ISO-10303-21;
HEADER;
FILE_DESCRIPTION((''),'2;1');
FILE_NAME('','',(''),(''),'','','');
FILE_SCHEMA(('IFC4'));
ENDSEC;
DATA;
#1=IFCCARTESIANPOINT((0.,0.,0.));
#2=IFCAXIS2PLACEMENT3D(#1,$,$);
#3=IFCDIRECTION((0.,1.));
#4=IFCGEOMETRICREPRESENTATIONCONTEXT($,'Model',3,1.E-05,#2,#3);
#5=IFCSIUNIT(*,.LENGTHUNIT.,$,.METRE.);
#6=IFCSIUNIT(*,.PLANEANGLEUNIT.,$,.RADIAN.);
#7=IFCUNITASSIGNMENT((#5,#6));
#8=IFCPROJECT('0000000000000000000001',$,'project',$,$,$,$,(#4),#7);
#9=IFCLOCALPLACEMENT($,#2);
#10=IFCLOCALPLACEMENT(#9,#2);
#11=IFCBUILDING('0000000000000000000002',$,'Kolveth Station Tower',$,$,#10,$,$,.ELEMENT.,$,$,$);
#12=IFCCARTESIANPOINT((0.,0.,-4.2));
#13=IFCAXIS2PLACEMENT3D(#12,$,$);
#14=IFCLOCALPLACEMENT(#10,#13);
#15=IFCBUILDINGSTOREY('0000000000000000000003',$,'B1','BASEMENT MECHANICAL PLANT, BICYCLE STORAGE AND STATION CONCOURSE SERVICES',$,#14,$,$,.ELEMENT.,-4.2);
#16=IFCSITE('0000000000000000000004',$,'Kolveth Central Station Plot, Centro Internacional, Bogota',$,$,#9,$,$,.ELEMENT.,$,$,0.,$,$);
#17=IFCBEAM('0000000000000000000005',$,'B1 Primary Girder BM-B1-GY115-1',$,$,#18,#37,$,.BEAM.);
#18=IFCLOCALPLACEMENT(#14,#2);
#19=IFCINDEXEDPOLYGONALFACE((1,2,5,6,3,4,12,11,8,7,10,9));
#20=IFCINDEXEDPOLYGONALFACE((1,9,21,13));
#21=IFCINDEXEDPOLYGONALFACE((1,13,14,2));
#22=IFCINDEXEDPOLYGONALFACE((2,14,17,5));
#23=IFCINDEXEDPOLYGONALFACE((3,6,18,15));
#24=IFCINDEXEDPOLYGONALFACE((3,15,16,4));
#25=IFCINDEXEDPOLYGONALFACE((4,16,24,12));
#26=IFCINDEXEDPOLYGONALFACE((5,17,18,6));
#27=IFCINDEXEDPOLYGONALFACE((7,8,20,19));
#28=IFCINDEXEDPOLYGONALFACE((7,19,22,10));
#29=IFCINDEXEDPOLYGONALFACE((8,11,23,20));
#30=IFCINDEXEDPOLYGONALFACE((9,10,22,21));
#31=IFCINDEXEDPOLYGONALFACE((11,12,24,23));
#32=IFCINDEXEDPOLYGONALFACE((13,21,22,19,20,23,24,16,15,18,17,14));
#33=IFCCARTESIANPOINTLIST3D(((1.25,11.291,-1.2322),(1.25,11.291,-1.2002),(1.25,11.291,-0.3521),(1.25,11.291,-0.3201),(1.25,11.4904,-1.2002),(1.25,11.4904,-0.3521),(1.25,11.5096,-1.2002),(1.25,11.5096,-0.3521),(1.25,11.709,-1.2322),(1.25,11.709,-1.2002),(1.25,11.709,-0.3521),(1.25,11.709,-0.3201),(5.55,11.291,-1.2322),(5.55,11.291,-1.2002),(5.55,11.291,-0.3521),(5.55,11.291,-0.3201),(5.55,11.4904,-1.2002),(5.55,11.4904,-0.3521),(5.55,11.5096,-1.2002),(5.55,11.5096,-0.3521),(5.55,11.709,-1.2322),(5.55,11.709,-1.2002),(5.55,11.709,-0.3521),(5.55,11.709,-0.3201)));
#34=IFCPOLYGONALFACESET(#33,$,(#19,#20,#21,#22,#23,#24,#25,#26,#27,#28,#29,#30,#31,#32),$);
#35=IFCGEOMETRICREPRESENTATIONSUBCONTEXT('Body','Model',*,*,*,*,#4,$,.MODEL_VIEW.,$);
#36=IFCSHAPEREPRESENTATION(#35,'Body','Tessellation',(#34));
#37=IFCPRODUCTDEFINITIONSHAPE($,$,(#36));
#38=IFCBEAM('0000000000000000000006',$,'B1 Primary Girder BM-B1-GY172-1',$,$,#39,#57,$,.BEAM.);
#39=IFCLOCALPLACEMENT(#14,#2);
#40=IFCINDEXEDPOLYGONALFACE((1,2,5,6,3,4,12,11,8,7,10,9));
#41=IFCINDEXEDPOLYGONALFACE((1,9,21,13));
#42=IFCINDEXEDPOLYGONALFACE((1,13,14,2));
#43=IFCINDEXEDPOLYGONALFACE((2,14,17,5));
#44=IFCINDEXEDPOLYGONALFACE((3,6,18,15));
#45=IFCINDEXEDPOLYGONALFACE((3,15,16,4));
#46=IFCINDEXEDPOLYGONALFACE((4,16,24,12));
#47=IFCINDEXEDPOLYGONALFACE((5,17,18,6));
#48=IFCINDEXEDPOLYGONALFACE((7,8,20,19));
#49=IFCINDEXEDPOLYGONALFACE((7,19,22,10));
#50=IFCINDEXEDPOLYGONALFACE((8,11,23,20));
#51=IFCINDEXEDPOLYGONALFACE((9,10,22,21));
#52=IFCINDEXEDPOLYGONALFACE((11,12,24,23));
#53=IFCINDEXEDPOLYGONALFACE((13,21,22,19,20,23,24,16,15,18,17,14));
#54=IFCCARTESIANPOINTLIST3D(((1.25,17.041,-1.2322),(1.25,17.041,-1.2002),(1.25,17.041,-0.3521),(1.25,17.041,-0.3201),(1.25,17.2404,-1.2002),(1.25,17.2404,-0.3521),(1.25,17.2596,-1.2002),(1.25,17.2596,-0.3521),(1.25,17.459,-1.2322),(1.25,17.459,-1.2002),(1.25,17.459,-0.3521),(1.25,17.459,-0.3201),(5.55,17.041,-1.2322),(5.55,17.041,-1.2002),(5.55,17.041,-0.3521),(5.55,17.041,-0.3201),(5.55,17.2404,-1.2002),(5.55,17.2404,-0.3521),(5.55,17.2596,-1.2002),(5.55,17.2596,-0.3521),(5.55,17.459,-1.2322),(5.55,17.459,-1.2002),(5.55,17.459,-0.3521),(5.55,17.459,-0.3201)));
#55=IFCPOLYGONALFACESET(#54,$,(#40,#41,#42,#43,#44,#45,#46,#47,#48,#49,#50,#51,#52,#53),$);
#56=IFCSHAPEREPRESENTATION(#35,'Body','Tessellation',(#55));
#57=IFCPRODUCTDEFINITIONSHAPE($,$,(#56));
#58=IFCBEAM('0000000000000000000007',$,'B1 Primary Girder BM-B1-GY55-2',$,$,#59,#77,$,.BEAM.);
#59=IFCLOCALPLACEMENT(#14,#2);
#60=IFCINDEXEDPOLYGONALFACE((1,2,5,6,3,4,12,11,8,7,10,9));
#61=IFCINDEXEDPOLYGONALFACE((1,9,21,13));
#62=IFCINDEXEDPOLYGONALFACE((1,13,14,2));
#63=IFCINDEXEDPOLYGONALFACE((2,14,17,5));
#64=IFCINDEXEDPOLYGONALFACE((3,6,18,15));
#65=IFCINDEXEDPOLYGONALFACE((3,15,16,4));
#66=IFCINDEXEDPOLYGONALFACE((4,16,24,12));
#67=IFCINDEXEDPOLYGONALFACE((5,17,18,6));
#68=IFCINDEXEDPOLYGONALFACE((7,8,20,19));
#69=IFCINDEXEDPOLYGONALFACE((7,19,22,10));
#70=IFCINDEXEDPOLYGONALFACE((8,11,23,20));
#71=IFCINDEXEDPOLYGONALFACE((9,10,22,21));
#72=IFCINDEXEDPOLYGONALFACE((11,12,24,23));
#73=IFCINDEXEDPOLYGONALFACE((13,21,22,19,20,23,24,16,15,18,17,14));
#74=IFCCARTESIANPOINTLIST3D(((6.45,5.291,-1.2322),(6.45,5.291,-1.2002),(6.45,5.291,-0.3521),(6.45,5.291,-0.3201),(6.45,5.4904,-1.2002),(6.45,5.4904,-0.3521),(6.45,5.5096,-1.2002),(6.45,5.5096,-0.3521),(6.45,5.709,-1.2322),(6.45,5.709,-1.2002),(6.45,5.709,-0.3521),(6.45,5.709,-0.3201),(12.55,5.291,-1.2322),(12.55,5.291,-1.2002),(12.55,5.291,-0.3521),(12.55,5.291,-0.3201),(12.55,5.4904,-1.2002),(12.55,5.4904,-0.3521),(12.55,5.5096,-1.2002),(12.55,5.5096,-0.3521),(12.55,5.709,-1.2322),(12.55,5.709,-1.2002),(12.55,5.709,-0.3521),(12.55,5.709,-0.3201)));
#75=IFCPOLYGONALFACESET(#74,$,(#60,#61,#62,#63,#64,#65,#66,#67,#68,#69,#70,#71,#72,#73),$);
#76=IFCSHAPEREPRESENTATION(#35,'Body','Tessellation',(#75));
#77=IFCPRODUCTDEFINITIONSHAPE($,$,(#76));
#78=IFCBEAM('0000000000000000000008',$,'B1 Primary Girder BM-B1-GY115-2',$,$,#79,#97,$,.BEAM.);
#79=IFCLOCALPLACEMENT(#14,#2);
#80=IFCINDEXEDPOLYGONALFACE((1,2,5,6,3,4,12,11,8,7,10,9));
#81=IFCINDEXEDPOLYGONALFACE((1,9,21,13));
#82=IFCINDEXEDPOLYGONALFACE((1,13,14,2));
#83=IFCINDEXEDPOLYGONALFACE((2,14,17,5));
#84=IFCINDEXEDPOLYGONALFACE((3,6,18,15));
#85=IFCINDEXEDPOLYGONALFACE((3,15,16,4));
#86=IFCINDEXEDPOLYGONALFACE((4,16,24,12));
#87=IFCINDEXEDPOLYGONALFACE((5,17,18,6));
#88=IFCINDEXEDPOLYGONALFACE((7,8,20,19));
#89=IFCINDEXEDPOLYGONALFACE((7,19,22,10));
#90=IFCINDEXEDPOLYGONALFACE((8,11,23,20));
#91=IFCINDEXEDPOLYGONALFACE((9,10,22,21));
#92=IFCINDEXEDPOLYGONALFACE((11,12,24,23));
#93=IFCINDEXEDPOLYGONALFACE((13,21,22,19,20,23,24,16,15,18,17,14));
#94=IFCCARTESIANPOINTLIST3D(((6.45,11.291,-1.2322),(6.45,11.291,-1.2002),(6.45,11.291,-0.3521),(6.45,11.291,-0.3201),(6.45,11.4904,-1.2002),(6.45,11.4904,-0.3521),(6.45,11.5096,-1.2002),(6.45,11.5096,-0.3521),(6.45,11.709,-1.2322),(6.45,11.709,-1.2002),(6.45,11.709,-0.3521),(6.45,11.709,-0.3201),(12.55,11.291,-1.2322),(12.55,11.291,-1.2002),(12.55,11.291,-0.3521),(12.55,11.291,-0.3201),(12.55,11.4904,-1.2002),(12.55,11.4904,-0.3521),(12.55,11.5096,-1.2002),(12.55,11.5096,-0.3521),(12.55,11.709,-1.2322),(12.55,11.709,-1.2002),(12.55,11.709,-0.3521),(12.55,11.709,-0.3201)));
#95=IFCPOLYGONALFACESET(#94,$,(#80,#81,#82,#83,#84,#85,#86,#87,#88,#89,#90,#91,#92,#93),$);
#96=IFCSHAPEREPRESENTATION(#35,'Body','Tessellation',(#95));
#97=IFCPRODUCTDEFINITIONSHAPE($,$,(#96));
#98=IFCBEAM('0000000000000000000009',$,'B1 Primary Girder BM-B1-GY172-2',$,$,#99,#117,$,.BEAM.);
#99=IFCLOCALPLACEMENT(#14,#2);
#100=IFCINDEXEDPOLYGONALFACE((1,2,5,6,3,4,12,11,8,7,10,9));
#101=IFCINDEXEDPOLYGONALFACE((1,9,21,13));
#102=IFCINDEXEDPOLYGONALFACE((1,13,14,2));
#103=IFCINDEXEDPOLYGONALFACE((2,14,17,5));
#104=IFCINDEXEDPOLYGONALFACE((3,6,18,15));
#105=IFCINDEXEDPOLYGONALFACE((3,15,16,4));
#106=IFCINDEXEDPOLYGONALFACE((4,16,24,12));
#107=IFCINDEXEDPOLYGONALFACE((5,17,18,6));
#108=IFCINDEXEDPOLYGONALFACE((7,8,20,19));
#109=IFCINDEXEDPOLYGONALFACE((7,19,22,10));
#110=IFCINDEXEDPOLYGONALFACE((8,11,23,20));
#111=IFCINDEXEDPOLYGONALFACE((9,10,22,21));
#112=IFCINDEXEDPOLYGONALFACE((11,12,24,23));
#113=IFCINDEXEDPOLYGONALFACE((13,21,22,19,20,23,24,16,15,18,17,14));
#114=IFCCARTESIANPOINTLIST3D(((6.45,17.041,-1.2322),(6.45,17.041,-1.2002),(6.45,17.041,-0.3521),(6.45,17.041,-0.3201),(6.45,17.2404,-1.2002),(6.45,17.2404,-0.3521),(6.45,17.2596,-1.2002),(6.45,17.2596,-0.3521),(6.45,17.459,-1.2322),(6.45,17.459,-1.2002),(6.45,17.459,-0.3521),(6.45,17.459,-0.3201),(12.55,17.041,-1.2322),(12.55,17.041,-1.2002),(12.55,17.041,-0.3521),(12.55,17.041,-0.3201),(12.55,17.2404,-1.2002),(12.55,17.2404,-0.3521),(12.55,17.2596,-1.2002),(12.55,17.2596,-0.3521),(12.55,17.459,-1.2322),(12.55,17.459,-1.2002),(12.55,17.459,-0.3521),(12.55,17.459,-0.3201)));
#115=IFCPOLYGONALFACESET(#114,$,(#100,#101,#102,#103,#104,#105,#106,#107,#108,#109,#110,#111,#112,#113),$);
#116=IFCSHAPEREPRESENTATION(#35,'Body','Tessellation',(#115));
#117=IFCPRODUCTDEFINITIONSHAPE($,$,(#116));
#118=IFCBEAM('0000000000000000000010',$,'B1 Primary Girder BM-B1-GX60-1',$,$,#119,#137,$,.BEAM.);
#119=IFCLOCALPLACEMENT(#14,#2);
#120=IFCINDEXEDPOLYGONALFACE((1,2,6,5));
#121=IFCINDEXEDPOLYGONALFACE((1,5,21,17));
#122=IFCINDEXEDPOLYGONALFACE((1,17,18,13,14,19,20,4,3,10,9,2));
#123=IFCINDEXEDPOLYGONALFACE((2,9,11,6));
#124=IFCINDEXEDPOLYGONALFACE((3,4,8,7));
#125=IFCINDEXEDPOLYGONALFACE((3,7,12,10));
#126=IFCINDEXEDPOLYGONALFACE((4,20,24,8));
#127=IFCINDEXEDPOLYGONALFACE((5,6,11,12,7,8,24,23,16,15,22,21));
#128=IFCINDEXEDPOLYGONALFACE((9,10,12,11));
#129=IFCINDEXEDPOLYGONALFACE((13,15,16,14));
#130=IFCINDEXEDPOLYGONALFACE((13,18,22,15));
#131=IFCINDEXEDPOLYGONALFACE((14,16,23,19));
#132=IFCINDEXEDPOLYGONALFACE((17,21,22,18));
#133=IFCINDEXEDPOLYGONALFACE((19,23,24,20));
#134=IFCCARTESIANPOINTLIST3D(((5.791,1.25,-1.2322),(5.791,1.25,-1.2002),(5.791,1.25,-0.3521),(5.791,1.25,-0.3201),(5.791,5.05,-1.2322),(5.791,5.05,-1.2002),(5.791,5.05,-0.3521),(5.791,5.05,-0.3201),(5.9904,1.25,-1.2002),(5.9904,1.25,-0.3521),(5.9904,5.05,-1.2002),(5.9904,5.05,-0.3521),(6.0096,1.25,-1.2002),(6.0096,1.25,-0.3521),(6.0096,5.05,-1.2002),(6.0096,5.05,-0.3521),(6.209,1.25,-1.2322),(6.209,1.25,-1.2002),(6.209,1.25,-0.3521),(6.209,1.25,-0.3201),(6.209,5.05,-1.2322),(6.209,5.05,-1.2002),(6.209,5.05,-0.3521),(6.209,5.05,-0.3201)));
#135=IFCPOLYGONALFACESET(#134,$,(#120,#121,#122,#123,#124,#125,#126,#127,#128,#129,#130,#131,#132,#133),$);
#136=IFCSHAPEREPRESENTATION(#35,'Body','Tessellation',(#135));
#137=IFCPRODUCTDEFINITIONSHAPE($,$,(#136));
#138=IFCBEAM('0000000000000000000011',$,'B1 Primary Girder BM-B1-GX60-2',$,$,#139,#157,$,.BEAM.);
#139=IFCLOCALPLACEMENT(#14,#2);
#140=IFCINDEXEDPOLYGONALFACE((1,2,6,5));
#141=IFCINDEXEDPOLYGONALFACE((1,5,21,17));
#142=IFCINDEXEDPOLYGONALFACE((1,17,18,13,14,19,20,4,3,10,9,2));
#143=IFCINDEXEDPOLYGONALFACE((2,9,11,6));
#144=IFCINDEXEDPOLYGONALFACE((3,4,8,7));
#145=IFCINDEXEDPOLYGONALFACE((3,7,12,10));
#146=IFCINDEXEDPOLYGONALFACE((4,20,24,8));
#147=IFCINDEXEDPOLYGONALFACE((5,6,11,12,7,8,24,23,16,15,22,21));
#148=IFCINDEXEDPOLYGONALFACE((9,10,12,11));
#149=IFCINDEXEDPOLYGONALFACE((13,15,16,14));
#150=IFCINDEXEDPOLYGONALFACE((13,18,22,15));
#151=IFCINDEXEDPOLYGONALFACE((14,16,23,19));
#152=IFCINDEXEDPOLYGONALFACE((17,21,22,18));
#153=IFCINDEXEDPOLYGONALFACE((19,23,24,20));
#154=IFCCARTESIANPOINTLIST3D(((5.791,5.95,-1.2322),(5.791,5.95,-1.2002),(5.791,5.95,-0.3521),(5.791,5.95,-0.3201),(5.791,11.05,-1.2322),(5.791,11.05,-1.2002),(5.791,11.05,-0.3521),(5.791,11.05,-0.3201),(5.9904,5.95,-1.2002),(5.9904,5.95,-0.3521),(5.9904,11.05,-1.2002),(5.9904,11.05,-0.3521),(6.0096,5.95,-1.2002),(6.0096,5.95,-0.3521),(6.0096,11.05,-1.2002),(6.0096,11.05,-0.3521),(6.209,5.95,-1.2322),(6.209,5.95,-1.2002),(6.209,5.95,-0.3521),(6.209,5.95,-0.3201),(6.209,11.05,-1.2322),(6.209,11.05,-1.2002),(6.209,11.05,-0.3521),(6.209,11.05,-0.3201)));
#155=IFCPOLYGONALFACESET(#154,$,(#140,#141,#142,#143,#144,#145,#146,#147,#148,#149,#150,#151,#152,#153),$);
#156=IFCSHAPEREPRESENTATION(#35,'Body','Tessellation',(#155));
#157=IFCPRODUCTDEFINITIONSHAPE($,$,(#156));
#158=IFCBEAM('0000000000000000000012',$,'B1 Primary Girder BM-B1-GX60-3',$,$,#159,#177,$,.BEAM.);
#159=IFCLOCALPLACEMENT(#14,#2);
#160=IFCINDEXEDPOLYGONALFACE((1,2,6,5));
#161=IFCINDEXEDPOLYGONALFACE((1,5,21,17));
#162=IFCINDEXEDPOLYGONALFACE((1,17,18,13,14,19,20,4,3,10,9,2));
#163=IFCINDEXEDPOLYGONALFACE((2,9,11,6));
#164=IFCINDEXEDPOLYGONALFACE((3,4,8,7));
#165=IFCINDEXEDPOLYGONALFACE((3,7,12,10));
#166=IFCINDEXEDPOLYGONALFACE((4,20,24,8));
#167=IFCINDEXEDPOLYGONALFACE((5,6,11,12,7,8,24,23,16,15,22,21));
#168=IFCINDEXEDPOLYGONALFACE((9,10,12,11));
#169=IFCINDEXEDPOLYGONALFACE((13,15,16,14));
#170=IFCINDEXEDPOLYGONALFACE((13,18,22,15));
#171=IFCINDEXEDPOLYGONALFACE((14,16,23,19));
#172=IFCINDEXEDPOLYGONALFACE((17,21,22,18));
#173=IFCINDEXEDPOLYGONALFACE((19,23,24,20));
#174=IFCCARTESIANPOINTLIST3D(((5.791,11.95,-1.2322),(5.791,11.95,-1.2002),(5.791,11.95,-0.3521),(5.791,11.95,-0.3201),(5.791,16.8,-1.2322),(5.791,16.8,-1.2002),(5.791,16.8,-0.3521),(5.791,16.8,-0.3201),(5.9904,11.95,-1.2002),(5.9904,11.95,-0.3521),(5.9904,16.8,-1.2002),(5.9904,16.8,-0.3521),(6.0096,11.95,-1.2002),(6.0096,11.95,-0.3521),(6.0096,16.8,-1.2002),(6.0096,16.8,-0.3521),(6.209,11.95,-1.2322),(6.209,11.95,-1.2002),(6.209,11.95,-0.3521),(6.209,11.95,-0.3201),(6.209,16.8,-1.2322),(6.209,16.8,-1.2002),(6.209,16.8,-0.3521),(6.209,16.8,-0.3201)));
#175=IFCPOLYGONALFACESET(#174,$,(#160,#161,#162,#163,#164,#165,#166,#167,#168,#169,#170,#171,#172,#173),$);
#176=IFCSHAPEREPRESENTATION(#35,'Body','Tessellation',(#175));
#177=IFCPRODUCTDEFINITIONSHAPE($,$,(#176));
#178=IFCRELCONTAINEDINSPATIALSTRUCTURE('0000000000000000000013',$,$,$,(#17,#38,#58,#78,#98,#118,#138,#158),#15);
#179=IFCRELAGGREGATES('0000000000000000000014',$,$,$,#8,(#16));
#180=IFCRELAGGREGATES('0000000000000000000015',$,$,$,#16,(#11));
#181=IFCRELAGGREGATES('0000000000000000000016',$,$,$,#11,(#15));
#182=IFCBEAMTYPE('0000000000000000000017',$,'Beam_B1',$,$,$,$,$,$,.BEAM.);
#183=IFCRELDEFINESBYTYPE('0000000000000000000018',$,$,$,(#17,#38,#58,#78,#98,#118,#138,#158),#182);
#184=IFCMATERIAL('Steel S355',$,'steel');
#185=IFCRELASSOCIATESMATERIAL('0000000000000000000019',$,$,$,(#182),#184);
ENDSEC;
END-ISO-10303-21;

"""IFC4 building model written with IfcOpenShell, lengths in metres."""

from ifc_helpers import new_model, si_unit, direction, frame, origin, origin_2d, place, context, subcontext, project, spatial, i_section, extrude, source, transform, mapped, material, material_profile, profile_set, type_object, element, save


model = new_model("IFC4")

# Units and contexts
model_context = context("Model", 3, precision=1e-05, world=origin(), true_north=direction((0.0, 1.0)))
body_context = subcontext(model_context, "Body", "Model", "MODEL_VIEW")
ifc_project = project(units=[si_unit("LENGTHUNIT", "METRE"), si_unit("PLANEANGLEUNIT", "RADIAN")], contexts=[model_context])

# Site, building, storey
site_placement = place(None, origin())
site = spatial("IfcSite", under=ifc_project, at=site_placement, Name="Kolveth Central Station Plot, Centro Internacional, Bogota", CompositionType="ELEMENT", RefElevation=0.0)
building_placement = place(site_placement, origin())
building = spatial("IfcBuilding", under=site, at=building_placement, Name="Kolveth Station Tower", CompositionType="ELEMENT")
storey_placement = place(building_placement, frame((0.0, 0.0, -4.2)))
storey = spatial("IfcBuildingStorey", under=building, at=storey_placement, Name="B1", Description="BASEMENT MECHANICAL PLANT, BICYCLE STORAGE AND STATION CONCOURSE SERVICES", CompositionType="ELEMENT", Elevation=-4.2)

# Beams
ifc_material_1 = material(Name="Steel S355", Category="steel")
ifc_material_profile_1 = material_profile(ifc_material_1, i_section(OverallWidth=0.418, OverallDepth=0.9121, WebThickness=0.0193, FlangeThickness=0.032, at=origin_2d()), Name="W920x342")
ifc_profile_set_1 = profile_set([ifc_material_profile_1], Name="Steel S355")
beam_type_1 = type_object("IfcBeamType", Name="Beam_B1", PredefinedType="BEAM", material=ifc_profile_set_1)
shared_shape_1 = source(origin(), body_context, "Body", "SweptSolid", [
    extrude(i_section(OverallWidth=0.418, OverallDepth=0.9121, WebThickness=0.0193, FlangeThickness=0.032, at=origin_2d()), origin(), (0.0, 0.0, 1.0), 4.3),
])
for number, where, z_axis, x_axis, name in (
    (1, (1.25, 11.5, -0.7761), (1.0, 0.0, 0.0), (0.0, 1.0, 0.0), "B1 Primary Girder BM-B1-GY115-1"),
    (2, (1.25, 17.25, -0.7761), (1.0, 0.0, 0.0), (0.0, 1.0, 0.0), "B1 Primary Girder BM-B1-GY172-1"),
):
    element("IfcBeam", number, at=place(storey_placement, frame(where, z_axis=z_axis, x_axis=x_axis)), inside=storey, type_object=beam_type_1, Name=name, PredefinedType="BEAM", context=body_context, shape_type="MappedRepresentation", body=[
        mapped(shared_shape_1, transform((0.0, 0.0, 0.0), x_axis=(1.0, 0.0, 0.0), y_axis=(0.0, 1.0, 0.0), z_axis=(0.0, 0.0, 1.0), scale=1.0)),
    ])
shared_shape_2 = source(origin(), body_context, "Body", "SweptSolid", [
    extrude(i_section(OverallWidth=0.418, OverallDepth=0.9121, WebThickness=0.0193, FlangeThickness=0.032, at=origin_2d()), origin(), (0.0, 0.0, 1.0), 6.1001),
])
for number, where, z_axis, x_axis, name in (
    (3, (6.45, 5.5, -0.7761), (1.0, 0.0, 0.0), (0.0, 1.0, 0.0), "B1 Primary Girder BM-B1-GY55-2"),
    (4, (6.45, 11.5, -0.7761), (1.0, 0.0, 0.0), (0.0, 1.0, 0.0), "B1 Primary Girder BM-B1-GY115-2"),
    (5, (6.45, 17.25, -0.7761), (1.0, 0.0, 0.0), (0.0, 1.0, 0.0), "B1 Primary Girder BM-B1-GY172-2"),
):
    element("IfcBeam", number, at=place(storey_placement, frame(where, z_axis=z_axis, x_axis=x_axis)), inside=storey, type_object=beam_type_1, Name=name, PredefinedType="BEAM", context=body_context, shape_type="MappedRepresentation", body=[
        mapped(shared_shape_2, transform((0.0, 0.0, 0.0), x_axis=(1.0, 0.0, 0.0), y_axis=(0.0, 1.0, 0.0), z_axis=(0.0, 0.0, 1.0), scale=1.0)),
    ])
shared_shape_3 = source(origin(), body_context, "Body", "SweptSolid", [
    extrude(i_section(OverallWidth=0.418, OverallDepth=0.9121, WebThickness=0.0193, FlangeThickness=0.032, at=origin_2d()), origin(), (0.0, 0.0, 1.0), 3.8),
])
beam_1_placement = place(storey_placement, frame((6.0, 1.25, -0.7761), z_axis=(0.0, 1.0, 0.0), x_axis=(-1.0, 0.0, 0.0)))
element("IfcBeam", 6, at=beam_1_placement, inside=storey, type_object=beam_type_1, Name="B1 Primary Girder BM-B1-GX60-1", PredefinedType="BEAM", context=body_context, shape_type="MappedRepresentation", body=[
    mapped(shared_shape_3, transform((0.0, 0.0, 0.0), x_axis=(1.0, 0.0, 0.0), y_axis=(0.0, 1.0, 0.0), z_axis=(0.0, 0.0, 1.0), scale=1.0)),
])
shared_shape_4 = source(origin(), body_context, "Body", "SweptSolid", [
    extrude(i_section(OverallWidth=0.418, OverallDepth=0.9121, WebThickness=0.0193, FlangeThickness=0.032, at=origin_2d()), origin(), (0.0, 0.0, 1.0), 5.1001),
])
beam_2_placement = place(storey_placement, frame((6.0, 5.95, -0.7761), z_axis=(0.0, 1.0, 0.0), x_axis=(-1.0, 0.0, 0.0)))
element("IfcBeam", 7, at=beam_2_placement, inside=storey, type_object=beam_type_1, Name="B1 Primary Girder BM-B1-GX60-2", PredefinedType="BEAM", context=body_context, shape_type="MappedRepresentation", body=[
    mapped(shared_shape_4, transform((0.0, 0.0, 0.0), x_axis=(1.0, 0.0, 0.0), y_axis=(0.0, 1.0, 0.0), z_axis=(0.0, 0.0, 1.0), scale=1.0)),
])
shared_shape_5 = source(origin(), body_context, "Body", "SweptSolid", [
    extrude(i_section(OverallWidth=0.418, OverallDepth=0.9121, WebThickness=0.0193, FlangeThickness=0.032, at=origin_2d()), origin(), (0.0, 0.0, 1.0), 4.8501),
])
beam_3_placement = place(storey_placement, frame((6.0, 11.95, -0.7761), z_axis=(0.0, 1.0, 0.0), x_axis=(-1.0, 0.0, 0.0)))
element("IfcBeam", 8, at=beam_3_placement, inside=storey, type_object=beam_type_1, Name="B1 Primary Girder BM-B1-GX60-3", PredefinedType="BEAM", context=body_context, shape_type="MappedRepresentation", body=[
    mapped(shared_shape_5, transform((0.0, 0.0, 0.0), x_axis=(1.0, 0.0, 0.0), y_axis=(0.0, 1.0, 0.0), z_axis=(0.0, 0.0, 1.0), scale=1.0)),
])

save(model, "model.ifc")
